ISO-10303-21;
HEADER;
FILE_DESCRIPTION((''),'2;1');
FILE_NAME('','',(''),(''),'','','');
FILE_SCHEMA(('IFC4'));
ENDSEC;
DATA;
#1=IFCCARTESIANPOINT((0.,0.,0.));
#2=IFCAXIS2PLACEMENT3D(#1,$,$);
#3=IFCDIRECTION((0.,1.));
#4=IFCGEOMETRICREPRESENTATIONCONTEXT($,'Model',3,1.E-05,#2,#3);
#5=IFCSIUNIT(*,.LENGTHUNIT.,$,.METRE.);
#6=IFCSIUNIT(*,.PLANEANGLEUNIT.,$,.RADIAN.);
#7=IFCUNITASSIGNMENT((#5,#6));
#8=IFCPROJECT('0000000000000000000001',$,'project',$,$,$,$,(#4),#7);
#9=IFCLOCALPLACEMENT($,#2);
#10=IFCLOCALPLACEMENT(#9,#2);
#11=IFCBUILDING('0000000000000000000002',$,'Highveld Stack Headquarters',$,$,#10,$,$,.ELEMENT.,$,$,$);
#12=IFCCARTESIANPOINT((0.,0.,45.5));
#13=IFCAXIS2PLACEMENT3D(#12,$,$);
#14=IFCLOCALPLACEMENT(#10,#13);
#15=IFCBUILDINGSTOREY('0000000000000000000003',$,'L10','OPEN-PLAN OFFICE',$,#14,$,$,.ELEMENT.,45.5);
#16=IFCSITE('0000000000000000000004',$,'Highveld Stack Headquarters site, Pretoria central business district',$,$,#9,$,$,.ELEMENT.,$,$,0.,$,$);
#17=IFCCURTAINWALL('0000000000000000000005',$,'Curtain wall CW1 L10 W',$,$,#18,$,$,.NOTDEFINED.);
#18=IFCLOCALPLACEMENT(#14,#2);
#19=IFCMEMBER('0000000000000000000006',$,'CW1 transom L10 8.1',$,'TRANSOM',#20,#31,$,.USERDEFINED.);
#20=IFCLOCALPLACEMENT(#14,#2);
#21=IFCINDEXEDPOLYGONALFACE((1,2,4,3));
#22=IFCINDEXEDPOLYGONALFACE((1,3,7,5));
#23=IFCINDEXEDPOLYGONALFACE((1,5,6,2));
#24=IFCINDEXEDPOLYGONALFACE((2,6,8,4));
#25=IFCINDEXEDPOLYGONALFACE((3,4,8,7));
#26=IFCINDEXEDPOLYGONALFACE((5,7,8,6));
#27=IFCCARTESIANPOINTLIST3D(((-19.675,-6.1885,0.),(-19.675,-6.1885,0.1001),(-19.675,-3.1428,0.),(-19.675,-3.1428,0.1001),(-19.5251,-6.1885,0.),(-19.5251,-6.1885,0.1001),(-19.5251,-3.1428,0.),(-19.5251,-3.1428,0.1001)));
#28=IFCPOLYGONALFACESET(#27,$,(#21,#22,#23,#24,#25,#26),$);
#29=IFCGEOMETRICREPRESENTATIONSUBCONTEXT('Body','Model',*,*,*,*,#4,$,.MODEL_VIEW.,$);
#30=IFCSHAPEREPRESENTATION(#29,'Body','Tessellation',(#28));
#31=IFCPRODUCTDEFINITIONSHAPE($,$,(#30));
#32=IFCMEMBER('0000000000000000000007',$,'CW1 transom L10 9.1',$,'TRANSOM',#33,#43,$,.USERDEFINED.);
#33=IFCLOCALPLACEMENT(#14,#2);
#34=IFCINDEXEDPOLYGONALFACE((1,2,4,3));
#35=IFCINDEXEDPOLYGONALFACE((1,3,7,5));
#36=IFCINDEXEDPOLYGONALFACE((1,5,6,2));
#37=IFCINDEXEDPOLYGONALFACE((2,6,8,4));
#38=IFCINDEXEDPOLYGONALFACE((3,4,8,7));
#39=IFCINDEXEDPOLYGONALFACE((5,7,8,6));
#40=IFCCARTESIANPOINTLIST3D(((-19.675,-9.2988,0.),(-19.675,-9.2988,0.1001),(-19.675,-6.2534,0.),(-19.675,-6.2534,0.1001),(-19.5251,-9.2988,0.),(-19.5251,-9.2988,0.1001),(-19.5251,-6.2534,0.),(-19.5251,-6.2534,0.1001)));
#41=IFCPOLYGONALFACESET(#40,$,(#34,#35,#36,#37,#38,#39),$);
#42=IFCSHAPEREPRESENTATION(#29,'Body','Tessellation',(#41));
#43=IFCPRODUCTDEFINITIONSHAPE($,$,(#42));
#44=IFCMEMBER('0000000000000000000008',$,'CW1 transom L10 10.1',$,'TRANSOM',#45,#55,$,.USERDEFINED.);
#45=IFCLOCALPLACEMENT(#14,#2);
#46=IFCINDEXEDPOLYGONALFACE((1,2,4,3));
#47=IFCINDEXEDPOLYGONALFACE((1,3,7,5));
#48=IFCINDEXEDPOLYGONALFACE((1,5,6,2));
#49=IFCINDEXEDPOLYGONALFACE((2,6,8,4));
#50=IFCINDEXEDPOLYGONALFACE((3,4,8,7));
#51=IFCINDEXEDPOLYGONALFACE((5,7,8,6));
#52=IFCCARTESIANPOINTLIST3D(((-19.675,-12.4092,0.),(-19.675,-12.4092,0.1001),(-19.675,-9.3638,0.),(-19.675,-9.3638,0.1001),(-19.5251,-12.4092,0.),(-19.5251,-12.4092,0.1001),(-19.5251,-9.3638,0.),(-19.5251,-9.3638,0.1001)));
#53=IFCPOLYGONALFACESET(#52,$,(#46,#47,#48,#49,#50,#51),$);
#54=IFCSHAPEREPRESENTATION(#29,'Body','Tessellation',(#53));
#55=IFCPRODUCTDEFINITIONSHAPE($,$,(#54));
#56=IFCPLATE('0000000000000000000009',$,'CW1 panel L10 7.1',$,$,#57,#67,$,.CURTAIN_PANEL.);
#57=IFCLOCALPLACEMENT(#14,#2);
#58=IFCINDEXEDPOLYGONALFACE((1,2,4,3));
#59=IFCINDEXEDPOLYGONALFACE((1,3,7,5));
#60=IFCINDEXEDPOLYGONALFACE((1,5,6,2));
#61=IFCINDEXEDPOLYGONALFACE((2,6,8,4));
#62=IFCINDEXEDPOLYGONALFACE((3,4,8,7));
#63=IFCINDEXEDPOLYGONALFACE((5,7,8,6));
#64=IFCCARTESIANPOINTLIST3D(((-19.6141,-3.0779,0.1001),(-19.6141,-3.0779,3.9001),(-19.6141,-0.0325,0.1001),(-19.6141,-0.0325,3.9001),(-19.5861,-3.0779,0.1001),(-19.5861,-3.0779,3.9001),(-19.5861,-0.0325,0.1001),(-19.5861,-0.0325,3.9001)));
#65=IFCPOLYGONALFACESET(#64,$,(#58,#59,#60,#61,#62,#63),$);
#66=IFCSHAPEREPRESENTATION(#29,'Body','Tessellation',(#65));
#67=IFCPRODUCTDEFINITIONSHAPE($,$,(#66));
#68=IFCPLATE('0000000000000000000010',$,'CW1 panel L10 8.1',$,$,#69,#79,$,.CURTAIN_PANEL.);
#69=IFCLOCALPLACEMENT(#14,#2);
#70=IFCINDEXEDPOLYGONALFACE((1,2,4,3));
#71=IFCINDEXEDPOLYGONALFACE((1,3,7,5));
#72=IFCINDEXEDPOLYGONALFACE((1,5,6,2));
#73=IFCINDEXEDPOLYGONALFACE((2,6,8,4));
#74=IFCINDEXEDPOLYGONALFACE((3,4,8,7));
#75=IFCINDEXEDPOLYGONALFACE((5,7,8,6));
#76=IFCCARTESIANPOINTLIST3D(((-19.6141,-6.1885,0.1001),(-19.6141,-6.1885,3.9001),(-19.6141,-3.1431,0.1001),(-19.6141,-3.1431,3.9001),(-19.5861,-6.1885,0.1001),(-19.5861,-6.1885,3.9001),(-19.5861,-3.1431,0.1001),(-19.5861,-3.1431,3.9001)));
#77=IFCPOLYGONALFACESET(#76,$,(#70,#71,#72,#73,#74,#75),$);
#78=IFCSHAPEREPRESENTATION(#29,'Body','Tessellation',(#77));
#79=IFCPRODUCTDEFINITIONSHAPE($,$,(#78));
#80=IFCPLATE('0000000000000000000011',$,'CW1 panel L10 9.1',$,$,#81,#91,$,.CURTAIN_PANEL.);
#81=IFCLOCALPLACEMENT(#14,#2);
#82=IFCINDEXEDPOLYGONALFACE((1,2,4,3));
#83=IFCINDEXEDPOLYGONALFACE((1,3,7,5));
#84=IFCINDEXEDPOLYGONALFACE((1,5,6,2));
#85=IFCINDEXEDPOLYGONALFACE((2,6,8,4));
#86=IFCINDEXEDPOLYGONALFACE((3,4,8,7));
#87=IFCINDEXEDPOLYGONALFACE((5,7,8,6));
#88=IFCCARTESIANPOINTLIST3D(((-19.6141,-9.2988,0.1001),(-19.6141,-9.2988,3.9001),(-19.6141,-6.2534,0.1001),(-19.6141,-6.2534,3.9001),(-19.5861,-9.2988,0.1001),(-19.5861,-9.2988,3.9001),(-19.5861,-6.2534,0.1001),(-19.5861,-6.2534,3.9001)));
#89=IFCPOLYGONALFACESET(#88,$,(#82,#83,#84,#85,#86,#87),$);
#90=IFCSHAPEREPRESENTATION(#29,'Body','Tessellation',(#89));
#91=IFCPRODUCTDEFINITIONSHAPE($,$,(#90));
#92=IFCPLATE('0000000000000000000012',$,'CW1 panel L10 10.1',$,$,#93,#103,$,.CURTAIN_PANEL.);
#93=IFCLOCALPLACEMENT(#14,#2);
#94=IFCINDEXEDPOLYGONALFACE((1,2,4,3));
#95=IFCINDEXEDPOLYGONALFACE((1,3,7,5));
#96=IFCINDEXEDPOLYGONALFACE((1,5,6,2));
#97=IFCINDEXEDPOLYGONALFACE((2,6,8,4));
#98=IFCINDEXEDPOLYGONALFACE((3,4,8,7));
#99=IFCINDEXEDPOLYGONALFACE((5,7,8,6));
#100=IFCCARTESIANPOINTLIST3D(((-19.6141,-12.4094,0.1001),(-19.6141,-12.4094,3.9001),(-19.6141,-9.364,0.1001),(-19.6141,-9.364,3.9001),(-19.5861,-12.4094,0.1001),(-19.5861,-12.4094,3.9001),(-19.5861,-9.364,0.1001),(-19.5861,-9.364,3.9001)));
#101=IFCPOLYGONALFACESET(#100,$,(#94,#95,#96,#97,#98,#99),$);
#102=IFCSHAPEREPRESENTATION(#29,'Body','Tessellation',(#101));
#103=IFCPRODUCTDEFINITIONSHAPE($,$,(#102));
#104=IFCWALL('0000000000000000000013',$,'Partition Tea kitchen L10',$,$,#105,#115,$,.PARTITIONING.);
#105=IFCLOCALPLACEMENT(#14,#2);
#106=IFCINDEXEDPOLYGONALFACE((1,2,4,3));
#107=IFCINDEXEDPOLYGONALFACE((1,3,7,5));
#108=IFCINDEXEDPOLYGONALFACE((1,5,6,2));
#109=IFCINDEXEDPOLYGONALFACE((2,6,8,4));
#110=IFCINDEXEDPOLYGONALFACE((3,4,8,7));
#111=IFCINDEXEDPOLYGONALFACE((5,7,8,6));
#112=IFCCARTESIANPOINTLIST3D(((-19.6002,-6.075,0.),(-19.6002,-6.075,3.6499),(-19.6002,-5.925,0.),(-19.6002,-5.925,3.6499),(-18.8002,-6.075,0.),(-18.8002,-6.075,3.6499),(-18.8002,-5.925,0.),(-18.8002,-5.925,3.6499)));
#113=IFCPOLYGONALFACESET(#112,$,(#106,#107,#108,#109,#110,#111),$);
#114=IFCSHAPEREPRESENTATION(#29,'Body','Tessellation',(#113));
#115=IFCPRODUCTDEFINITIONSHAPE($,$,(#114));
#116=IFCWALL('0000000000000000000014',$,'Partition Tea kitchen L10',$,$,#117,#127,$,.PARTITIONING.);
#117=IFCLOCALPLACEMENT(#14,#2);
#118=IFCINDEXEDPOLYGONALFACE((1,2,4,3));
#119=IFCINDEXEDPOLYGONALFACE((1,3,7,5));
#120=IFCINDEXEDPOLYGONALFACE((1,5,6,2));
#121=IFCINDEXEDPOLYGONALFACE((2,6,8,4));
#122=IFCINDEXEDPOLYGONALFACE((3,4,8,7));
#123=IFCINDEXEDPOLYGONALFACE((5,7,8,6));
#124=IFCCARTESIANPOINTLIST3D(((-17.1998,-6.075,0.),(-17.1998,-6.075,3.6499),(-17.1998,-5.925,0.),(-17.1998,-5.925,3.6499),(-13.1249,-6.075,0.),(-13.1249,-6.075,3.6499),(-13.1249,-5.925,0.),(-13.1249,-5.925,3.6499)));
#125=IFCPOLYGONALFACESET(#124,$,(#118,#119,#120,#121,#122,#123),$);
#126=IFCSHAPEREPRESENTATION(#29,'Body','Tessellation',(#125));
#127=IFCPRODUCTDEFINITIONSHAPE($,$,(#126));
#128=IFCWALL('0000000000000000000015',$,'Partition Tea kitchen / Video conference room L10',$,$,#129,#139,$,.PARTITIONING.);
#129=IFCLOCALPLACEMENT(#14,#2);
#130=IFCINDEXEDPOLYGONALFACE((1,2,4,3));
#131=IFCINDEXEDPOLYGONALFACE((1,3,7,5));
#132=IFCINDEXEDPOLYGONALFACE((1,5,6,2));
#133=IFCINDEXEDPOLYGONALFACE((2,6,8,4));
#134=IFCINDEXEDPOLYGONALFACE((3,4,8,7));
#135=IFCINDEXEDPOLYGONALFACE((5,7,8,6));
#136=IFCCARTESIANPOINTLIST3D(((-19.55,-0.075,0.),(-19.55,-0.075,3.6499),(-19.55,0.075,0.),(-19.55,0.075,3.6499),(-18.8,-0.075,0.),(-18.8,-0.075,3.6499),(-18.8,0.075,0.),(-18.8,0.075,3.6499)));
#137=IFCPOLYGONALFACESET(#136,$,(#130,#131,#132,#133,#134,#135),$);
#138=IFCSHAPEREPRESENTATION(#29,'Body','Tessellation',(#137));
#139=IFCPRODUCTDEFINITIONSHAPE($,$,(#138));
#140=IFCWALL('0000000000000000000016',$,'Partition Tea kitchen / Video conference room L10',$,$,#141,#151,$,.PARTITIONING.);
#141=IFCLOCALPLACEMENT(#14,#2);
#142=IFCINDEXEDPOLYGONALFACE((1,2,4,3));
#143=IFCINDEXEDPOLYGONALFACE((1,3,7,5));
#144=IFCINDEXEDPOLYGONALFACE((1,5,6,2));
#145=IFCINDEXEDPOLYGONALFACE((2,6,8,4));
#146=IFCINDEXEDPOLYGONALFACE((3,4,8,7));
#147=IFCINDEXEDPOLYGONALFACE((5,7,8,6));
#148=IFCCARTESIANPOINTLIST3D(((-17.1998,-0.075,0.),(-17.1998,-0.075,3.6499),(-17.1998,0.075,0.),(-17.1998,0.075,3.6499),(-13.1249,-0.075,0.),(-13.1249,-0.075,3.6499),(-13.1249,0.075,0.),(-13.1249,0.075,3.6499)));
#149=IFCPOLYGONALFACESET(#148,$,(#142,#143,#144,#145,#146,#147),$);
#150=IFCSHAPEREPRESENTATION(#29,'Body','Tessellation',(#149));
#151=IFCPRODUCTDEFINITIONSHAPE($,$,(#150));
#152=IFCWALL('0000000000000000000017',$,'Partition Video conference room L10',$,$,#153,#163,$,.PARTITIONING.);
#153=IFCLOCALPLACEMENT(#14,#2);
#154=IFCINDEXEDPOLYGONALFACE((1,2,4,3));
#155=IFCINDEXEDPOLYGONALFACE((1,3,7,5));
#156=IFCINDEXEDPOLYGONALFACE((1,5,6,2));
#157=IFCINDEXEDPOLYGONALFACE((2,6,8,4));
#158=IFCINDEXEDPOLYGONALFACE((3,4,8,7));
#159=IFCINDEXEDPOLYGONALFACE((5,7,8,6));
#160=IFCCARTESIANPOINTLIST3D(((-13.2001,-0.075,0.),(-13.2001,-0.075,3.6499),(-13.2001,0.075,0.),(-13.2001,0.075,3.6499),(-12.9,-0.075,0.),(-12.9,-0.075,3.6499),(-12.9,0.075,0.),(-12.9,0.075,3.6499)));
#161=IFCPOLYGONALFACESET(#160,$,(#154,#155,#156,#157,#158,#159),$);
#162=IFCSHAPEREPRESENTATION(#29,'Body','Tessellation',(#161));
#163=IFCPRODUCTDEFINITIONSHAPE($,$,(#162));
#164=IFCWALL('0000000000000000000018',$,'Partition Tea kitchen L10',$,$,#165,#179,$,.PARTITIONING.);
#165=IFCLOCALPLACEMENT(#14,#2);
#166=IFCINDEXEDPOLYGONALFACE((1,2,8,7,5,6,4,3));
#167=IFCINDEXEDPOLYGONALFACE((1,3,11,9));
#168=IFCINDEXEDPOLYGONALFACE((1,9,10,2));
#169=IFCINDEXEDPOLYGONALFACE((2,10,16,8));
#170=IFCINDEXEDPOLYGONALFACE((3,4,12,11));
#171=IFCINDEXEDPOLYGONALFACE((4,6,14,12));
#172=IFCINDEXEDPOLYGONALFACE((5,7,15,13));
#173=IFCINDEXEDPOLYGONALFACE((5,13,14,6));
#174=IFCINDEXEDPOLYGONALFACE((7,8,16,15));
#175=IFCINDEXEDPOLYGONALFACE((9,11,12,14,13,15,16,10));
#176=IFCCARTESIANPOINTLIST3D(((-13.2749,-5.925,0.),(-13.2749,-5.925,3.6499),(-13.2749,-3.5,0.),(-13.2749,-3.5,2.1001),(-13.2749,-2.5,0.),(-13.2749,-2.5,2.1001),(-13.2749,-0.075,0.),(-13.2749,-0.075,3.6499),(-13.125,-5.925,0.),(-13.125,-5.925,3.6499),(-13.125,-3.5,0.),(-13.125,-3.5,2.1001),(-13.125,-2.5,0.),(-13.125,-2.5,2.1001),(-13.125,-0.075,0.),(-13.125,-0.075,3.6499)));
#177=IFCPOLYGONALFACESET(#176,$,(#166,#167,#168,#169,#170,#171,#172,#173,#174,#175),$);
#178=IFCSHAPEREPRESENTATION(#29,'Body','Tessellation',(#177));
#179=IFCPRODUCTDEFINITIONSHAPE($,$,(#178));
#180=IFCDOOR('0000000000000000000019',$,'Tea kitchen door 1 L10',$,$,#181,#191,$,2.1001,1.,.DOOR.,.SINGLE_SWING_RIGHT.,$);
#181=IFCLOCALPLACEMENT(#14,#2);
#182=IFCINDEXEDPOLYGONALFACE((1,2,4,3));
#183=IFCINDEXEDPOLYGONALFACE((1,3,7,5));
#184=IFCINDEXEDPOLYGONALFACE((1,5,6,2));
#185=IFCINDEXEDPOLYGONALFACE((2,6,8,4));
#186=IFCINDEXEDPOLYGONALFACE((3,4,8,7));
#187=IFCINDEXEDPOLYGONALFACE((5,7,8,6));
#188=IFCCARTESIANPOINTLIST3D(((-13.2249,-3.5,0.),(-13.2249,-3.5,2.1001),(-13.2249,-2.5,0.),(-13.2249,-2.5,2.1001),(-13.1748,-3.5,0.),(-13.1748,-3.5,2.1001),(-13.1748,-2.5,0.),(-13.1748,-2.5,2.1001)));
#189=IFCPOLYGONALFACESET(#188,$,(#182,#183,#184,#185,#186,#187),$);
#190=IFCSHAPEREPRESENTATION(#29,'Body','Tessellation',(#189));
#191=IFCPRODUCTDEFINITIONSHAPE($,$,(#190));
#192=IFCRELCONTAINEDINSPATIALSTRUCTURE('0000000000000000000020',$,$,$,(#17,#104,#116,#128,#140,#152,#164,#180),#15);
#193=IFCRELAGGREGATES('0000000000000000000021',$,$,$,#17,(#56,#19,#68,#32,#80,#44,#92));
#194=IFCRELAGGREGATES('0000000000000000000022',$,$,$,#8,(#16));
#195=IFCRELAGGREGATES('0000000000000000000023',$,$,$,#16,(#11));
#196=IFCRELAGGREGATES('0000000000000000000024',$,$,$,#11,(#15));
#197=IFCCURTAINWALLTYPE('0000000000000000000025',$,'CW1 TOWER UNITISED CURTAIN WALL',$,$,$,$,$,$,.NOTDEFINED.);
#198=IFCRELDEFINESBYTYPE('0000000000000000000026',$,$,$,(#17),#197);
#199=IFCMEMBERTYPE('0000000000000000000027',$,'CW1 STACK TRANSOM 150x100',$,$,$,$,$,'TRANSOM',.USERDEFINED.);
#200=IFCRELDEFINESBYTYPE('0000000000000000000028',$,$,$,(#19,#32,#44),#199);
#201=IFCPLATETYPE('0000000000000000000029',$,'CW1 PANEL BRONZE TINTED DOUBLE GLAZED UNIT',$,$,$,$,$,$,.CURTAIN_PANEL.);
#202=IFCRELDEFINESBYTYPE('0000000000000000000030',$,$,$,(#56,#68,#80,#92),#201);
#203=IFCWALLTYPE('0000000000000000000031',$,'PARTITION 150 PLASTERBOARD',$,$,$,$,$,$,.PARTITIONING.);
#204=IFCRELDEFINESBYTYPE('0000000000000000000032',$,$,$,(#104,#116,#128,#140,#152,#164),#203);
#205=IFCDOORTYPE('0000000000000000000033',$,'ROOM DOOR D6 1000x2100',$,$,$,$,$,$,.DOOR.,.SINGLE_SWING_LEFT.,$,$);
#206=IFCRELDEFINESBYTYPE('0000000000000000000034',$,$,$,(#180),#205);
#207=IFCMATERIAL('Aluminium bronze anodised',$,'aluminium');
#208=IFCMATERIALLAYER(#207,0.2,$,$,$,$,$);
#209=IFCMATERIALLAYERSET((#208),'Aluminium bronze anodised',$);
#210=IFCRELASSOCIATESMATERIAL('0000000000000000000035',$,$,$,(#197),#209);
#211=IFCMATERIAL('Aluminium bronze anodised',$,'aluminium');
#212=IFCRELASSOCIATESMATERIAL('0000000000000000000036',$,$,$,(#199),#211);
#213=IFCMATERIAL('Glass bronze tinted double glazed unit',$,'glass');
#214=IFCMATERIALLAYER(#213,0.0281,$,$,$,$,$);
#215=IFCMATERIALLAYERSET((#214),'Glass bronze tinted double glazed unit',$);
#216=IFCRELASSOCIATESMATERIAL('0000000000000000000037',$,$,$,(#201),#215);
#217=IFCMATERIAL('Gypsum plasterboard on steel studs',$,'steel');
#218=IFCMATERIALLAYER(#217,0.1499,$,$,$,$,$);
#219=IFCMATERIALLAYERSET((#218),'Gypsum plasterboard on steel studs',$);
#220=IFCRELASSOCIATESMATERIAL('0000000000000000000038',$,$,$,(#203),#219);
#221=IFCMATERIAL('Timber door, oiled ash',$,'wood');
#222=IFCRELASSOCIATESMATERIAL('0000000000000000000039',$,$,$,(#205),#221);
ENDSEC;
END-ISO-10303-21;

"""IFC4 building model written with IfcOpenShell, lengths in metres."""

from ifc_helpers import new_model, si_unit, direction, frame, frame_2d, origin, origin_2d, place, context, subcontext, project, spatial, rectangle, extrude, material, layer, layer_set, material_profile, profile_set, type_object, element, fill, aggregate, save


model = new_model("IFC4")

# Units and contexts
model_context = context("Model", 3, precision=1e-05, world=origin(), true_north=direction((0.0, 1.0)))
body_context = subcontext(model_context, "Body", "Model", "MODEL_VIEW")
ifc_project = project(units=[si_unit("LENGTHUNIT", "METRE"), si_unit("PLANEANGLEUNIT", "RADIAN")], contexts=[model_context])

# Site, building, storey
site_placement = place(None, origin())
site = spatial("IfcSite", under=ifc_project, at=site_placement, Name="Highveld Stack Headquarters site, Pretoria central business district", CompositionType="ELEMENT", RefElevation=0.0)
building_placement = place(site_placement, origin())
building = spatial("IfcBuilding", under=site, at=building_placement, Name="Highveld Stack Headquarters", CompositionType="ELEMENT")
storey_placement = place(building_placement, frame((0.0, 0.0, 45.5)))
storey = spatial("IfcBuildingStorey", under=building, at=storey_placement, Name="L10", Description="OPEN-PLAN OFFICE", CompositionType="ELEMENT", Elevation=45.5)

# Curtain wall, members, plates
ifc_material_1 = material(Name="Aluminium bronze anodised", Category="aluminium")
ifc_layer_1 = layer(ifc_material_1, 0.2)
ifc_layer_set_1 = layer_set([ifc_layer_1], Name="Aluminium bronze anodised")
curtain_wall_type = type_object("IfcCurtainWallType", Name="CW1 TOWER UNITISED CURTAIN WALL", PredefinedType="NOTDEFINED", material=ifc_layer_set_1)
curtain_wall_placement = place(storey_placement, origin())
curtain_wall = element("IfcCurtainWall", 1, at=curtain_wall_placement, inside=storey, type_object=curtain_wall_type, Name="Curtain wall CW1 L10 W", PredefinedType="NOTDEFINED")
ifc_material_2 = material(Name="Aluminium bronze anodised", Category="aluminium")
ifc_material_profile_1 = material_profile(ifc_material_2, rectangle(XDim=0.1499, YDim=0.1001, at=origin_2d()), Name="CW1 TRANSOM 150x100")
ifc_profile_set_1 = profile_set([ifc_material_profile_1], Name="Aluminium bronze anodised")
member_type_1 = type_object("IfcMemberType", Name="CW1 STACK TRANSOM 150x100", ElementType="TRANSOM", PredefinedType="USERDEFINED", material=ifc_profile_set_1)
member_1_placement = place(storey_placement, frame((-19.6001, -3.1428, 0.05), z_axis=(0.0, -1.0, 0.0), x_axis=(1.0, 0.0, 0.0)))
member_1 = element("IfcMember", 2, at=member_1_placement, type_object=member_type_1, Name="CW1 transom L10 8.1", ObjectType="TRANSOM", PredefinedType="USERDEFINED", context=body_context, shape_type="SweptSolid", body=[
    extrude(rectangle(XDim=0.1499, YDim=0.1001, at=origin_2d()), origin(), (0.0, 0.0, 1.0), 3.0457),
])
member_2_placement = place(storey_placement, frame((-19.6001, -6.2534, 0.05), z_axis=(0.0, -1.0, 0.0), x_axis=(1.0, 0.0, 0.0)))
member_2 = element("IfcMember", 3, at=member_2_placement, type_object=member_type_1, Name="CW1 transom L10 9.1", ObjectType="TRANSOM", PredefinedType="USERDEFINED", context=body_context, shape_type="SweptSolid", body=[
    extrude(rectangle(XDim=0.1499, YDim=0.1001, at=origin_2d()), origin(), (0.0, 0.0, 1.0), 3.0454),
])
member_3_placement = place(storey_placement, frame((-19.6001, -9.3638, 0.05), z_axis=(0.0, -1.0, 0.0), x_axis=(1.0, 0.0, 0.0)))
member_3 = element("IfcMember", 4, at=member_3_placement, type_object=member_type_1, Name="CW1 transom L10 10.1", ObjectType="TRANSOM", PredefinedType="USERDEFINED", context=body_context, shape_type="SweptSolid", body=[
    extrude(rectangle(XDim=0.1499, YDim=0.1001, at=origin_2d()), origin(), (0.0, 0.0, 1.0), 3.0454),
])
ifc_material_3 = material(Name="Glass bronze tinted double glazed unit", Category="glass")
ifc_layer_2 = layer(ifc_material_3, 0.0281)
ifc_layer_set_2 = layer_set([ifc_layer_2], Name="Glass bronze tinted double glazed unit")
plate_type = type_object("IfcPlateType", Name="CW1 PANEL BRONZE TINTED DOUBLE GLAZED UNIT", PredefinedType="CURTAIN_PANEL", material=ifc_layer_set_2)
plate_1_placement = place(storey_placement, frame((-19.6001, -1.5552, 0.1001), z_axis=(0.0, 0.0, 1.0), x_axis=(0.0, -1.0, 0.0)))
plate_1 = element("IfcPlate", 5, at=plate_1_placement, type_object=plate_type, Name="CW1 panel L10 7.1", PredefinedType="CURTAIN_PANEL", context=body_context, shape_type="SweptSolid", body=[
    extrude(rectangle(XDim=3.0454, YDim=0.0281, at=origin_2d()), origin(), (0.0, 0.0, 1.0), 3.8),
])
plate_2_placement = place(storey_placement, frame((-19.6001, -4.6658, 0.1001), z_axis=(0.0, 0.0, 1.0), x_axis=(0.0, -1.0, 0.0)))
plate_2 = element("IfcPlate", 6, at=plate_2_placement, type_object=plate_type, Name="CW1 panel L10 8.1", PredefinedType="CURTAIN_PANEL", context=body_context, shape_type="SweptSolid", body=[
    extrude(rectangle(XDim=3.0454, YDim=0.0281, at=origin_2d()), origin(), (0.0, 0.0, 1.0), 3.8),
])
plate_3_placement = place(storey_placement, frame((-19.6001, -7.7761, 0.1001), z_axis=(0.0, 0.0, 1.0), x_axis=(0.0, -1.0, 0.0)))
plate_3 = element("IfcPlate", 7, at=plate_3_placement, type_object=plate_type, Name="CW1 panel L10 9.1", PredefinedType="CURTAIN_PANEL", context=body_context, shape_type="SweptSolid", body=[
    extrude(rectangle(XDim=3.0454, YDim=0.0281, at=origin_2d()), origin(), (0.0, 0.0, 1.0), 3.8),
])
plate_4_placement = place(storey_placement, frame((-19.6001, -10.8867, 0.1001), z_axis=(0.0, 0.0, 1.0), x_axis=(0.0, -1.0, 0.0)))
plate_4 = element("IfcPlate", 8, at=plate_4_placement, type_object=plate_type, Name="CW1 panel L10 10.1", PredefinedType="CURTAIN_PANEL", context=body_context, shape_type="SweptSolid", body=[
    extrude(rectangle(XDim=3.0454, YDim=0.0281, at=origin_2d()), origin(), (0.0, 0.0, 1.0), 3.8),
])
aggregate(curtain_wall, [plate_1, member_1, plate_2, member_2, plate_3, member_3, plate_4])

# Walls
ifc_material_4 = material(Name="Gypsum plasterboard on steel studs", Category="steel")
ifc_layer_3 = layer(ifc_material_4, 0.1499)
ifc_layer_set_3 = layer_set([ifc_layer_3], Name="Gypsum plasterboard on steel studs")
wall_type = type_object("IfcWallType", Name="PARTITION 150 PLASTERBOARD", PredefinedType="PARTITIONING", material=ifc_layer_set_3)
wall_1_placement = place(storey_placement, frame((-19.6001, -6.0, 0.0), z_axis=(0.0, 0.0, 1.0), x_axis=(1.0, 0.0, 0.0)))
element("IfcWall", 9, at=wall_1_placement, inside=storey, type_object=wall_type, Name="Partition Tea kitchen L10", PredefinedType="PARTITIONING", context=body_context, shape_type="SweptSolid", body=[
    extrude(rectangle(XDim=0.8, YDim=0.1499, at=frame_2d((0.3999, 0.0))), origin(), (0.0, 0.0, 1.0), 3.6499),
])
wall_2_placement = place(storey_placement, frame((-17.2, -6.0, 0.0), z_axis=(0.0, 0.0, 1.0), x_axis=(1.0, 0.0, 0.0)))
element("IfcWall", 10, at=wall_2_placement, inside=storey, type_object=wall_type, Name="Partition Tea kitchen L10", PredefinedType="PARTITIONING", context=body_context, shape_type="SweptSolid", body=[
    extrude(rectangle(XDim=4.075, YDim=0.1499, at=frame_2d((2.0376, 0.0))), origin(), (0.0, 0.0, 1.0), 3.6499),
])
wall_3_placement = place(storey_placement, frame((-19.55, 0.0, 0.0), z_axis=(0.0, 0.0, 1.0), x_axis=(1.0, 0.0, 0.0)))
element("IfcWall", 11, at=wall_3_placement, inside=storey, type_object=wall_type, Name="Partition Tea kitchen / Video conference room L10", PredefinedType="PARTITIONING", context=body_context, shape_type="SweptSolid", body=[
    extrude(rectangle(XDim=0.75, YDim=0.1499, at=frame_2d((0.375, 0.0))), origin(), (0.0, 0.0, 1.0), 3.6499),
])
wall_4_placement = place(storey_placement, frame((-17.2, 0.0, 0.0), z_axis=(0.0, 0.0, 1.0), x_axis=(1.0, 0.0, 0.0)))
element("IfcWall", 12, at=wall_4_placement, inside=storey, type_object=wall_type, Name="Partition Tea kitchen / Video conference room L10", PredefinedType="PARTITIONING", context=body_context, shape_type="SweptSolid", body=[
    extrude(rectangle(XDim=4.075, YDim=0.1499, at=frame_2d((2.0376, 0.0))), origin(), (0.0, 0.0, 1.0), 3.6499),
])
wall_5_placement = place(storey_placement, frame((-13.2, 0.0, 0.0), z_axis=(0.0, 0.0, 1.0), x_axis=(1.0, 0.0, 0.0)))
element("IfcWall", 13, at=wall_5_placement, inside=storey, type_object=wall_type, Name="Partition Video conference room L10", PredefinedType="PARTITIONING", context=body_context, shape_type="SweptSolid", body=[
    extrude(rectangle(XDim=0.3, YDim=0.1499, at=frame_2d((0.1499, 0.0))), origin(), (0.0, 0.0, 1.0), 3.6499),
])

# Wall, opening, door
wall_6_placement = place(storey_placement, frame((-13.2, -5.925, 0.0), z_axis=(0.0, 0.0, 1.0), x_axis=(0.0, 1.0, 0.0)))
wall_6 = element("IfcWall", 14, at=wall_6_placement, inside=storey, type_object=wall_type, Name="Partition Tea kitchen L10", PredefinedType="PARTITIONING", context=body_context, shape_type="SweptSolid", body=[
    extrude(rectangle(XDim=5.8501, YDim=0.1499, at=frame_2d((2.925, 0.0))), origin(), (0.0, 0.0, 1.0), 3.6499),
])
opening_placement = place(wall_6_placement, frame((2.425, 0.0, 0.0)))
opening = element("IfcOpeningElement", 15, at=opening_placement, cuts=wall_6, PredefinedType="OPENING", context=body_context, shape_type="SweptSolid", body=[
    extrude(rectangle(XDim=1.0, YDim=2.1001, at=frame_2d((0.5, 1.05))), frame((0.0, 0.085, 0.0), z_axis=(0.0, -1.0, 0.0), x_axis=(1.0, 0.0, 0.0)), (0.0, 0.0, 1.0), 0.1699),
])
ifc_material_5 = material(Name="Timber door, oiled ash", Category="wood")
door_type = type_object("IfcDoorType", Name="ROOM DOOR D6 1000x2100", OperationType="SINGLE_SWING_LEFT", PredefinedType="DOOR", material=ifc_material_5)
door_placement = place(opening_placement, origin())
door = element("IfcDoor", 16, at=door_placement, inside=storey, type_object=door_type, Name="Tea kitchen door 1 L10", OperationType="SINGLE_SWING_RIGHT", OverallHeight=2.1001, OverallWidth=1.0, PredefinedType="DOOR", context=body_context, shape_type="SweptSolid", body=[
    extrude(rectangle(XDim=1.0, YDim=2.1001, at=frame_2d((0.5, 1.05))), frame((0.0, 0.0249, 0.0), z_axis=(0.0, -1.0, 0.0), x_axis=(1.0, 0.0, 0.0)), (0.0, 0.0, 1.0), 0.05),
])
fill(opening, door)

save(model, "model.ifc")
